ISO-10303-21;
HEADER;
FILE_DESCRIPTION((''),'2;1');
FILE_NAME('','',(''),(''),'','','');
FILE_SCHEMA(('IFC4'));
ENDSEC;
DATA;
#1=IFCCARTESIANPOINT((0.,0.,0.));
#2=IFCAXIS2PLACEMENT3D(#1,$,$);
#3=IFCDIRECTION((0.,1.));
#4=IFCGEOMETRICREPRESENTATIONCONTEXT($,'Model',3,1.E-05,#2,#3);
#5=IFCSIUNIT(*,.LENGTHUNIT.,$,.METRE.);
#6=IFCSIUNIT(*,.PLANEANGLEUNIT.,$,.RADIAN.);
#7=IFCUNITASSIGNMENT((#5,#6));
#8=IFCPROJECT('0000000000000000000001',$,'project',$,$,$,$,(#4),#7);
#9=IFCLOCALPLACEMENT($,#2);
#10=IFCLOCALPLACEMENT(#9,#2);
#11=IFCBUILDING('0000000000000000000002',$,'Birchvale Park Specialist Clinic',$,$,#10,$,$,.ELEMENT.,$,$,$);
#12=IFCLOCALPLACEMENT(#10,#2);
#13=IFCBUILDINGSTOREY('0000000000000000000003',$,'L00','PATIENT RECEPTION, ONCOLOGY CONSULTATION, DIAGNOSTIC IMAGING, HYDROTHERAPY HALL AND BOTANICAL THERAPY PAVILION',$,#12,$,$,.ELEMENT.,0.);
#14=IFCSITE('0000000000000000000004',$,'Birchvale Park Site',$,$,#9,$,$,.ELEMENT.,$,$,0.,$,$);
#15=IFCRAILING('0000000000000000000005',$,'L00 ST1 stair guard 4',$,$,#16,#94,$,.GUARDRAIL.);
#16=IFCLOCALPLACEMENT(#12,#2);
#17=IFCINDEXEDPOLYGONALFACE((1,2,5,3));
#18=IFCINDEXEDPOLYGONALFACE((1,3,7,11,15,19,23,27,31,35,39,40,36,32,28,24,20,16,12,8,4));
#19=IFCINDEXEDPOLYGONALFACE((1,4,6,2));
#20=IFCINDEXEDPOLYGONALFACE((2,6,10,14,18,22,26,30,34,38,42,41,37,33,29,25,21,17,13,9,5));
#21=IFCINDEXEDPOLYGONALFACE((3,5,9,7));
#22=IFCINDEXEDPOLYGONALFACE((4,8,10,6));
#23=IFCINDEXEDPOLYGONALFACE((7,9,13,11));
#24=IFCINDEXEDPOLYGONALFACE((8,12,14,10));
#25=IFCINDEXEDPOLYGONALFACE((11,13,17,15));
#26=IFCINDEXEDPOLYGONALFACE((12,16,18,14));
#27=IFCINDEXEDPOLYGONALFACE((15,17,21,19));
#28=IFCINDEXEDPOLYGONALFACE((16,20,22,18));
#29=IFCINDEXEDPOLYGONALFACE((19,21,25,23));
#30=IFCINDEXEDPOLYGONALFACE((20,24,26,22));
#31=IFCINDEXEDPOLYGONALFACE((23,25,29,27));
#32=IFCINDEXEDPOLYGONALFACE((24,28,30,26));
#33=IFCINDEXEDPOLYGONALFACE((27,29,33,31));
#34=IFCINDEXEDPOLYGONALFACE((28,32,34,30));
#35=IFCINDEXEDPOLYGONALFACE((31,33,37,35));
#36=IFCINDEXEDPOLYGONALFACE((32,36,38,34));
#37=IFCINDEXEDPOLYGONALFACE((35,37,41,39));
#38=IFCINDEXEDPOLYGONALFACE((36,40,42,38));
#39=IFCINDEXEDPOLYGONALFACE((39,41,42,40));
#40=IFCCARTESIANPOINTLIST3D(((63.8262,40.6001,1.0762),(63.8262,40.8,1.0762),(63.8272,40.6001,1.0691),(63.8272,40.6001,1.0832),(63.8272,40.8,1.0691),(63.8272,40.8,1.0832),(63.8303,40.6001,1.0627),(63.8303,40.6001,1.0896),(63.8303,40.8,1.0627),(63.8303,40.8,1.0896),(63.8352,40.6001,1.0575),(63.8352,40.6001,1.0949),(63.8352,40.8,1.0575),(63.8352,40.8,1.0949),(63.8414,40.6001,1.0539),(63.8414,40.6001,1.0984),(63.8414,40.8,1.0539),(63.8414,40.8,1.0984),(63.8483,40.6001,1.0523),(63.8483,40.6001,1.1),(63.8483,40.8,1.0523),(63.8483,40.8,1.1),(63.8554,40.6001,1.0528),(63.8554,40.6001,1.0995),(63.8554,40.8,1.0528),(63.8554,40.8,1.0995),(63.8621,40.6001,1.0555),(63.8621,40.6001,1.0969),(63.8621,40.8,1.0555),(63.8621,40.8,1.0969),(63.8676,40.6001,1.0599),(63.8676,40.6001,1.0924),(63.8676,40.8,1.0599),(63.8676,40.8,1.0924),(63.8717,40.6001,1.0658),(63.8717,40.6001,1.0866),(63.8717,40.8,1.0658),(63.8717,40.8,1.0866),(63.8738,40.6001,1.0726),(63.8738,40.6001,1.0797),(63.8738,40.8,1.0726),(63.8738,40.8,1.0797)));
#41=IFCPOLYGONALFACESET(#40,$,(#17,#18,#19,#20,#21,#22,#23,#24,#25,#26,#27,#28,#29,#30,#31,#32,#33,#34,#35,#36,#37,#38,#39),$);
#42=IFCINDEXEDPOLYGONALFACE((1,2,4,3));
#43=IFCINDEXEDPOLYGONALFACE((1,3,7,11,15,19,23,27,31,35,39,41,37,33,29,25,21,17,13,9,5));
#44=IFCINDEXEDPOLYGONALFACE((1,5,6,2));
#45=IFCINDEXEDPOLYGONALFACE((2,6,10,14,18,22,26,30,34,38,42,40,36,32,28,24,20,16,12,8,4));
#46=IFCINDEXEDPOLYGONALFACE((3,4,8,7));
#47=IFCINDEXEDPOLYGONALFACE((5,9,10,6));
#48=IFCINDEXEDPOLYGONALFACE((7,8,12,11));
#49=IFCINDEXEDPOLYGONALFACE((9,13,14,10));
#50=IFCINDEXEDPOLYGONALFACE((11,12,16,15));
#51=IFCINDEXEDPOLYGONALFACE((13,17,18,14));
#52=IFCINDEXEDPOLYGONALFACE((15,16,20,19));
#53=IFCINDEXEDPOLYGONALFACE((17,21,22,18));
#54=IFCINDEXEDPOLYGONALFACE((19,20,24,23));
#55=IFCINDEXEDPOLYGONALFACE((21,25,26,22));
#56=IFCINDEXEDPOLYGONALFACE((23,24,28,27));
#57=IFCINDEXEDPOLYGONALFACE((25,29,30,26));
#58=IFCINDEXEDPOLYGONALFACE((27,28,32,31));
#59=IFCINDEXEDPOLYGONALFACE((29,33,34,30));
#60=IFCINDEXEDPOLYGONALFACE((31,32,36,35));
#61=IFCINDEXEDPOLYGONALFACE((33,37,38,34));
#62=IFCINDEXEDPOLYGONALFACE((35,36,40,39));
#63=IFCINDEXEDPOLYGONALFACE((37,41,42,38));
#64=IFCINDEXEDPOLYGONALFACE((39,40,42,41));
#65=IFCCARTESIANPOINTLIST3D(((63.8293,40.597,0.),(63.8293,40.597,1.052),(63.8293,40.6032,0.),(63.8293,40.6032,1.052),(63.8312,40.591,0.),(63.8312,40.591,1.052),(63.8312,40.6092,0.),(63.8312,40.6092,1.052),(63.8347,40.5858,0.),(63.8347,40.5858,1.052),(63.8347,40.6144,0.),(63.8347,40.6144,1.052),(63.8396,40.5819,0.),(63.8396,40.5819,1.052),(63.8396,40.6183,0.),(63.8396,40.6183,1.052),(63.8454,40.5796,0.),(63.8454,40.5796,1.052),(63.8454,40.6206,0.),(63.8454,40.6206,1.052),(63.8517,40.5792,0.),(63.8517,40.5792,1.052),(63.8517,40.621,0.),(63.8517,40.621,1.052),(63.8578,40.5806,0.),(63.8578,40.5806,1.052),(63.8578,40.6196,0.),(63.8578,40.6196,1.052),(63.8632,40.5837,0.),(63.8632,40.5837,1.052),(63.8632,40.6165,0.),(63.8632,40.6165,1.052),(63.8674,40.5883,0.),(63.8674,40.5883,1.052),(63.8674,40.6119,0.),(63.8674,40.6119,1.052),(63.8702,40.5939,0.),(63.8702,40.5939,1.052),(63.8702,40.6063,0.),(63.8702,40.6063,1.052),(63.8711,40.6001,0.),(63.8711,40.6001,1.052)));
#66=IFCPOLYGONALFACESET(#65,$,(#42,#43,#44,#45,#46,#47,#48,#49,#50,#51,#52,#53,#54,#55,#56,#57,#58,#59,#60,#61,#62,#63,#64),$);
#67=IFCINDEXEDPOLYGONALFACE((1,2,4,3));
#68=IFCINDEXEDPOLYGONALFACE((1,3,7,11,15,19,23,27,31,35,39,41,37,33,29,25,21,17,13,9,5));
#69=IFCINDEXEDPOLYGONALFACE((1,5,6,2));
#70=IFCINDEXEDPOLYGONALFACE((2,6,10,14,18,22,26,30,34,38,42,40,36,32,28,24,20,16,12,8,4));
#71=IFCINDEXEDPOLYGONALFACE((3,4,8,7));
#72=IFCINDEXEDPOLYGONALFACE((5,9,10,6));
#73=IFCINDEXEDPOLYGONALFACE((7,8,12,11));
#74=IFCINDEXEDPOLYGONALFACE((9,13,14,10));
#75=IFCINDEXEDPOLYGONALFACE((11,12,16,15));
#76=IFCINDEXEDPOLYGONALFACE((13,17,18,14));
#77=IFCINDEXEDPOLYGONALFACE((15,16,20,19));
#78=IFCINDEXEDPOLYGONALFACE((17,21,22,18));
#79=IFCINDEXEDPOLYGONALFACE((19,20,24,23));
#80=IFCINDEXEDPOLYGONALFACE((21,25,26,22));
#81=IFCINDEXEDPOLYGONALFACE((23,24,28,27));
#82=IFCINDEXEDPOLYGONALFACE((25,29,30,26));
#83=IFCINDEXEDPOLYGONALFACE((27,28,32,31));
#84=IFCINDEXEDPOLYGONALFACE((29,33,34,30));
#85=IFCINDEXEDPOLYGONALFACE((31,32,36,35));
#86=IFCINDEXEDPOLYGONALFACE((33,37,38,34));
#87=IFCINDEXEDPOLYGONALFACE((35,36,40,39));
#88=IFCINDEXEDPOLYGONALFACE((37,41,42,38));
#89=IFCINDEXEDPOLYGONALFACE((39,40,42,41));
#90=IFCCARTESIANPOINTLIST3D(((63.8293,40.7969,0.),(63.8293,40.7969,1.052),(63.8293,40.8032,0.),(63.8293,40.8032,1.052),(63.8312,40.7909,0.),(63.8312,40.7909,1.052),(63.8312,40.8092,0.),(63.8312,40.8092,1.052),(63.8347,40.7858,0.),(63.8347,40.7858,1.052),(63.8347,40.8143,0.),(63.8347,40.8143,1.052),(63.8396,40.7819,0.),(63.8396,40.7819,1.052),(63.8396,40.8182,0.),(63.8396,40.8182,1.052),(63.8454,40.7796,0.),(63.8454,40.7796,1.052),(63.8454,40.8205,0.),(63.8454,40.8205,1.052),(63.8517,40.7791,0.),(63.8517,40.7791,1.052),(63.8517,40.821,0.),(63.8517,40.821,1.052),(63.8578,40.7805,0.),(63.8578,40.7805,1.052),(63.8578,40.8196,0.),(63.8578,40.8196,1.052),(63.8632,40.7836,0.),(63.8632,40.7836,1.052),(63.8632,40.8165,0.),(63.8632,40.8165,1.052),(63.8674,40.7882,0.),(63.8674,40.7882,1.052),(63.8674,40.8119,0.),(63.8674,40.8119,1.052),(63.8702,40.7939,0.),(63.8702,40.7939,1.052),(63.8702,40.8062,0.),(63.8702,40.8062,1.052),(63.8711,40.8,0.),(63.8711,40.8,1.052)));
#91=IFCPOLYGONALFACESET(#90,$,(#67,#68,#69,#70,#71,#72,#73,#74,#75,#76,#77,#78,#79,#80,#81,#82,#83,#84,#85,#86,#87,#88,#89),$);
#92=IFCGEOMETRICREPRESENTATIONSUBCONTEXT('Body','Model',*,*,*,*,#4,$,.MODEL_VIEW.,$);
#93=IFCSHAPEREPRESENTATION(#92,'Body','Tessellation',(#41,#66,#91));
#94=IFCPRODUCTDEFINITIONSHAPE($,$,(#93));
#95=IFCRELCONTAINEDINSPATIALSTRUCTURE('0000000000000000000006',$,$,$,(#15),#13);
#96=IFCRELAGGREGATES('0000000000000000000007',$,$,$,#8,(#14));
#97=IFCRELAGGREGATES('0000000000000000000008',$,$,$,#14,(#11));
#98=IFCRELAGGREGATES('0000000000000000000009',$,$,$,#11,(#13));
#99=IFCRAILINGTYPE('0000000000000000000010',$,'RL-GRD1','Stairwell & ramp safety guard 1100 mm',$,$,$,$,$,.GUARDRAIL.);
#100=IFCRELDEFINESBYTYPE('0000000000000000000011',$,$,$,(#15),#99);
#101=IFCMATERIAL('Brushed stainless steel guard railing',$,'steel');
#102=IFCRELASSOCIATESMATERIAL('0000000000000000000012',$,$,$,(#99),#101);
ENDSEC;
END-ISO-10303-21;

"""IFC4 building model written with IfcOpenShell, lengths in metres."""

from ifc_helpers import new_model, si_unit, direction, frame, origin, origin_2d, place, context, subcontext, project, spatial, circle, extrude, material, type_object, element, save


model = new_model("IFC4")

# Units and contexts
model_context = context("Model", 3, precision=1e-05, world=origin(), true_north=direction((0.0, 1.0)))
body_context = subcontext(model_context, "Body", "Model", "MODEL_VIEW")
ifc_project = project(units=[si_unit("LENGTHUNIT", "METRE"), si_unit("PLANEANGLEUNIT", "RADIAN")], contexts=[model_context])

# Site, building, storey
site_placement = place(None, origin())
site = spatial("IfcSite", under=ifc_project, at=site_placement, Name="Birchvale Park Site", CompositionType="ELEMENT", RefElevation=0.0)
building_placement = place(site_placement, origin())
building = spatial("IfcBuilding", under=site, at=building_placement, Name="Birchvale Park Specialist Clinic", CompositionType="ELEMENT")
storey_placement = place(building_placement, origin())
storey = spatial("IfcBuildingStorey", under=building, at=storey_placement, Name="L00", Description="PATIENT RECEPTION, ONCOLOGY CONSULTATION, DIAGNOSTIC IMAGING, HYDROTHERAPY HALL AND BOTANICAL THERAPY PAVILION", CompositionType="ELEMENT", Elevation=0.0)

# Railing
ifc_material_1 = material(Name="Brushed stainless steel guard railing", Category="steel")
railing_type_1 = type_object("IfcRailingType", Name="RL-GRD1", Description="Stairwell & ramp safety guard 1100 mm", PredefinedType="GUARDRAIL", material=ifc_material_1)
railing_1_placement = place(storey_placement, frame((63.8501, 40.6001, 0.0)))
element("IfcRailing", 1, at=railing_1_placement, inside=storey, type_object=railing_type_1, Name="L00 ST1 stair guard 4", PredefinedType="GUARDRAIL", context=body_context, shape_type="SweptSolid", body=[
    extrude(circle(Radius=0.0239, at=origin_2d()), frame((0.0, 0.0, 1.0762), z_axis=(0.0, 1.0, 0.0), x_axis=(-1.0, 0.0, 0.0)), (0.0, 0.0, 1.0), 0.2),
    extrude(circle(Radius=0.021, at=origin_2d()), origin(), (0.0, 0.0, 1.0), 1.052),
    extrude(circle(Radius=0.021, at=origin_2d()), frame((0.0, 0.2, 0.0)), (0.0, 0.0, 1.0), 1.052),
])

save(model, "model.ifc")
